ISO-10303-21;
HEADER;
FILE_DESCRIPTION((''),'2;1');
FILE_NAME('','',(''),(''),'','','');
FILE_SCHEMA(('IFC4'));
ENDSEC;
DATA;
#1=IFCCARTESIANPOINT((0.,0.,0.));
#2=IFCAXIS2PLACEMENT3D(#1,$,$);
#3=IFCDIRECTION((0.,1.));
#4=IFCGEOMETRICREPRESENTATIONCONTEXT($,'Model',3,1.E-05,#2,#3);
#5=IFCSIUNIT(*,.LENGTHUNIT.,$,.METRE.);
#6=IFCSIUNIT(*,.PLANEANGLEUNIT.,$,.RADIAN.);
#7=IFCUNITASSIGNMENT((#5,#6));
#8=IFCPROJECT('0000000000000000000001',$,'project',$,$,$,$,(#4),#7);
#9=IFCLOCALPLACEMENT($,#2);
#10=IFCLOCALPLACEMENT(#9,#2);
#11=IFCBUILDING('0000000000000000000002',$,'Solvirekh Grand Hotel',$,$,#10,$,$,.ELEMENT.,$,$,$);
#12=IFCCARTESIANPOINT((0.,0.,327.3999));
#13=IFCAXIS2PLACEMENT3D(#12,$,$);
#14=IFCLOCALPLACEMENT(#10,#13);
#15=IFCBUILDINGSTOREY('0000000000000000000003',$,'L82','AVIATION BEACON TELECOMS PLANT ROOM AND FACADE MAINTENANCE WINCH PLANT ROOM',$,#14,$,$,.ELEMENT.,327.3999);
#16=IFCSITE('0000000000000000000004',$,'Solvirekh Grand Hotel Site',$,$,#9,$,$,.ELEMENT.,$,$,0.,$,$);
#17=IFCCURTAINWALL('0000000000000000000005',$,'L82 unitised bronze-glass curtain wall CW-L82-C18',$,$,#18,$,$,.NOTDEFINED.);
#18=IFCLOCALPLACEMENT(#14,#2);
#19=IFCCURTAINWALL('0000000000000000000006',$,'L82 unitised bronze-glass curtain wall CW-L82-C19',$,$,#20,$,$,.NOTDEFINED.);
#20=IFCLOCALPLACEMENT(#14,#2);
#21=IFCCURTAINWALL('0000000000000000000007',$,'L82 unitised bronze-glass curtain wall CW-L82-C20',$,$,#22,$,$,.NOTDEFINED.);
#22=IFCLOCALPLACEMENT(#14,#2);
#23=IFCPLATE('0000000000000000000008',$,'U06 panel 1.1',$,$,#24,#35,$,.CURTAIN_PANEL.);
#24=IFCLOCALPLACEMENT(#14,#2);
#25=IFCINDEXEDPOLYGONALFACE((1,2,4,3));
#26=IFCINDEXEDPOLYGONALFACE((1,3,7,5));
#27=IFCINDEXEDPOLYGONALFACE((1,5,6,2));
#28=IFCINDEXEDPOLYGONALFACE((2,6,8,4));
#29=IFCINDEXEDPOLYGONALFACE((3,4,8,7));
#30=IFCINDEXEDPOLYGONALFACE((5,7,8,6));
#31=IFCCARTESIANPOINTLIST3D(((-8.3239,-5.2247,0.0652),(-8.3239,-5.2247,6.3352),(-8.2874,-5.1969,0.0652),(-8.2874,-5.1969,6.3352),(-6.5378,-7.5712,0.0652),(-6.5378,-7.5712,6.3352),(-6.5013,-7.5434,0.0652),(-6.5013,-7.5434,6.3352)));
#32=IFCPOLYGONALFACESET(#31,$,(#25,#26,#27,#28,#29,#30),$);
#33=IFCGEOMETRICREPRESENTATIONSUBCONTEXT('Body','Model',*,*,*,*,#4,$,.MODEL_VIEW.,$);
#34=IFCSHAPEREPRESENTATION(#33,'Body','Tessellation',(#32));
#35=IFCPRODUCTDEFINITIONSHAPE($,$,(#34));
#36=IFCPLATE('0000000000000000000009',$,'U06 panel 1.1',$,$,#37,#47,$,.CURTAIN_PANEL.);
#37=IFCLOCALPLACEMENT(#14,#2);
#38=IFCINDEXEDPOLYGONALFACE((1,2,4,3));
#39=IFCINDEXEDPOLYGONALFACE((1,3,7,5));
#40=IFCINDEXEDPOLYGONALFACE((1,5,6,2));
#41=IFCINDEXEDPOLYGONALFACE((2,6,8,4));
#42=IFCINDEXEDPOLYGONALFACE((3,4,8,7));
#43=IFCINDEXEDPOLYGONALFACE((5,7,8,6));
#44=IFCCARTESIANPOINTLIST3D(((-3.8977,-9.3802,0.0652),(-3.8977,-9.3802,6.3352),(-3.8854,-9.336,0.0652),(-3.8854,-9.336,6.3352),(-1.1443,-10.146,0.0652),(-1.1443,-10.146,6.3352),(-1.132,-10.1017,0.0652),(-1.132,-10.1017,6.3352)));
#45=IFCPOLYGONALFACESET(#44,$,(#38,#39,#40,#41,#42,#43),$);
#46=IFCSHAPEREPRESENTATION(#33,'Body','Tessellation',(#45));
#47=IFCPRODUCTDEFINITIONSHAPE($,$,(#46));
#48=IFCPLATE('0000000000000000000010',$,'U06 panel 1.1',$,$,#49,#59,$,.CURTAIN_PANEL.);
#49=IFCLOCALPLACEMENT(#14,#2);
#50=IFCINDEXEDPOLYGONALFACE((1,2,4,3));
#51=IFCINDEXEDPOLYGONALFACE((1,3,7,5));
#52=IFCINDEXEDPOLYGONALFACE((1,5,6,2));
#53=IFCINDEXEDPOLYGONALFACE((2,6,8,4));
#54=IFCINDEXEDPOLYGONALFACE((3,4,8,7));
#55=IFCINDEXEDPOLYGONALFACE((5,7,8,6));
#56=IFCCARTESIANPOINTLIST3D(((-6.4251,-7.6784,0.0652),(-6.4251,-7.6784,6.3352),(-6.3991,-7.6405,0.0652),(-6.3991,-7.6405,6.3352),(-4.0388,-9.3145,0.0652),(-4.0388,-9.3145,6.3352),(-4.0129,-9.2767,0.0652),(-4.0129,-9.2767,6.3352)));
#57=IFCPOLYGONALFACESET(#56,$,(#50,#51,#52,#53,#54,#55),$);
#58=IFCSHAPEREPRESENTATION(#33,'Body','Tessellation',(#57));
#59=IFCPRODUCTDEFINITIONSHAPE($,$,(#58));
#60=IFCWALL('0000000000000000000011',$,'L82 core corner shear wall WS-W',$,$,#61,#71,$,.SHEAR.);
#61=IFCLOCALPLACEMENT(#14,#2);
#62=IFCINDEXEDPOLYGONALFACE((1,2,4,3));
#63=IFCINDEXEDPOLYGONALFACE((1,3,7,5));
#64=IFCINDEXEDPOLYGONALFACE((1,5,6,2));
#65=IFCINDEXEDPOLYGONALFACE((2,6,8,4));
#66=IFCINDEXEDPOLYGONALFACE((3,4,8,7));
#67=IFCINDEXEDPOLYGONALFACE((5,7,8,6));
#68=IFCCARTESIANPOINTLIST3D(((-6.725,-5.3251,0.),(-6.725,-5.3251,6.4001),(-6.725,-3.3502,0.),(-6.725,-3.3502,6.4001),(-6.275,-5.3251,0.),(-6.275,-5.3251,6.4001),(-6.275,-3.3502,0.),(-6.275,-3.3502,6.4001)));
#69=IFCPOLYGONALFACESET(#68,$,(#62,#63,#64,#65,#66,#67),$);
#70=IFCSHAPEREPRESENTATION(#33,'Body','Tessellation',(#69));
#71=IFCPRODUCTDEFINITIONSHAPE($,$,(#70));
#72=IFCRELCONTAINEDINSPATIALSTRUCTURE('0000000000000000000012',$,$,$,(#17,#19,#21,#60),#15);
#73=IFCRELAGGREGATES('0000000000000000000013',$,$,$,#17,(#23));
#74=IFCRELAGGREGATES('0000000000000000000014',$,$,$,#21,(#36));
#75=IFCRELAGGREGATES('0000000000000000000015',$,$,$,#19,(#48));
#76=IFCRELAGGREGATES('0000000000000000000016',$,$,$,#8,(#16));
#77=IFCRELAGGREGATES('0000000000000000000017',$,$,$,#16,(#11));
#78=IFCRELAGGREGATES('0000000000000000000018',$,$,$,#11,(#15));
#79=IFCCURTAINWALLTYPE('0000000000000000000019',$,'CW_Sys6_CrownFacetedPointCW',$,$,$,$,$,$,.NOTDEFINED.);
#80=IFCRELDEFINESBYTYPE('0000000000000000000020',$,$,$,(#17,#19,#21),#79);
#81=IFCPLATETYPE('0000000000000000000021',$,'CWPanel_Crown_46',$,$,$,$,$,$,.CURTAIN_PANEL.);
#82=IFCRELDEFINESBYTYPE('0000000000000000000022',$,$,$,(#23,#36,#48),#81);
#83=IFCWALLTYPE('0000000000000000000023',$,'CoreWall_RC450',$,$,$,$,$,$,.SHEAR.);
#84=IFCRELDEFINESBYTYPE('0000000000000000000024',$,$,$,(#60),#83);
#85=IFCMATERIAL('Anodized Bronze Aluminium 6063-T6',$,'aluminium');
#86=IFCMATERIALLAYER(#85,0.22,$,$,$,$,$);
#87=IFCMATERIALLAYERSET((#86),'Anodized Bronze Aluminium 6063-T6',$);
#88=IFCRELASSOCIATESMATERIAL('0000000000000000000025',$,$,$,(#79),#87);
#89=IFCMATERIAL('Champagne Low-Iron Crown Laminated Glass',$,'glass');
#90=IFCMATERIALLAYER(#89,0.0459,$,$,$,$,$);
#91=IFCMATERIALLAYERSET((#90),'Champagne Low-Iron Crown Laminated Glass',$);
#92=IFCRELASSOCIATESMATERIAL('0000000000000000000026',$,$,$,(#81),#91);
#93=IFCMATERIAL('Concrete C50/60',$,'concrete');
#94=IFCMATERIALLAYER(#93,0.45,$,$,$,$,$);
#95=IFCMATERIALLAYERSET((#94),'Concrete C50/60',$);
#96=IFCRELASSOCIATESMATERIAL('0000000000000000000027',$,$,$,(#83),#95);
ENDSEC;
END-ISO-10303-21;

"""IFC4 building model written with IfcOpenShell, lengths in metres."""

from ifc_helpers import new_model, si_unit, direction, frame, frame_2d, origin, origin_2d, place, context, subcontext, project, spatial, rectangle, extrude, source, transform, mapped, material, layer, layer_set, type_object, element, aggregate, save


model = new_model("IFC4")

# Units and contexts
model_context = context("Model", 3, precision=1e-05, world=origin(), true_north=direction((0.0, 1.0)))
body_context = subcontext(model_context, "Body", "Model", "MODEL_VIEW")
ifc_project = project(units=[si_unit("LENGTHUNIT", "METRE"), si_unit("PLANEANGLEUNIT", "RADIAN")], contexts=[model_context])

# Site, building, storey
site_placement = place(None, origin())
site = spatial("IfcSite", under=ifc_project, at=site_placement, Name="Solvirekh Grand Hotel Site", CompositionType="ELEMENT", RefElevation=0.0)
building_placement = place(site_placement, origin())
building = spatial("IfcBuilding", under=site, at=building_placement, Name="Solvirekh Grand Hotel", CompositionType="ELEMENT")
storey_placement = place(building_placement, frame((0.0, 0.0, 327.3999)))
storey = spatial("IfcBuildingStorey", under=building, at=storey_placement, Name="L82", Description="AVIATION BEACON TELECOMS PLANT ROOM AND FACADE MAINTENANCE WINCH PLANT ROOM", CompositionType="ELEMENT", Elevation=327.3999)

# Shared definitions
ifc_material_1 = material(Name="Concrete C50/60", Category="concrete")

# Shared definitions
ifc_material_2 = material(Name="Anodized Bronze Aluminium 6063-T6", Category="aluminium")
ifc_layer_1 = layer(ifc_material_2, 0.22)
ifc_layer_set_1 = layer_set([ifc_layer_1], Name="Anodized Bronze Aluminium 6063-T6")
curtain_wall_type = type_object("IfcCurtainWallType", Name="CW_Sys6_CrownFacetedPointCW", PredefinedType="NOTDEFINED", material=ifc_layer_set_1)

# Curtain walls
curtain_wall_1_placement = place(storey_placement, origin())
curtain_wall_1 = element("IfcCurtainWall", 1, at=curtain_wall_1_placement, inside=storey, type_object=curtain_wall_type, Name="L82 unitised bronze-glass curtain wall CW-L82-C18", PredefinedType="NOTDEFINED")
curtain_wall_2_placement = place(storey_placement, origin())
curtain_wall_2 = element("IfcCurtainWall", 2, at=curtain_wall_2_placement, inside=storey, type_object=curtain_wall_type, Name="L82 unitised bronze-glass curtain wall CW-L82-C19", PredefinedType="NOTDEFINED")
curtain_wall_3_placement = place(storey_placement, origin())
curtain_wall_3 = element("IfcCurtainWall", 3, at=curtain_wall_3_placement, inside=storey, type_object=curtain_wall_type, Name="L82 unitised bronze-glass curtain wall CW-L82-C20", PredefinedType="NOTDEFINED")

# Plates
ifc_material_3 = material(Name="Champagne Low-Iron Crown Laminated Glass", Category="glass")
ifc_layer_2 = layer(ifc_material_3, 0.0459)
ifc_layer_set_2 = layer_set([ifc_layer_2], Name="Champagne Low-Iron Crown Laminated Glass")
plate_type_1 = type_object("IfcPlateType", Name="CWPanel_Crown_46", PredefinedType="CURTAIN_PANEL", material=ifc_layer_set_2)
shared_shape_1 = source(origin(), body_context, "Body", "SweptSolid", [
    extrude(rectangle(XDim=2.949, YDim=0.0459, at=origin_2d()), origin(), (0.0, 0.0, 1.0), 6.27),
])
plate_1_placement = place(storey_placement, frame((-7.4126, -6.384, 0.0652), z_axis=(0.0, 0.0, 1.0), x_axis=(0.605664, -0.795721, 0.0)))
plate_1 = element("IfcPlate", 4, at=plate_1_placement, type_object=plate_type_1, Name="U06 panel 1.1", PredefinedType="CURTAIN_PANEL", context=body_context, shape_type="MappedRepresentation", body=[
    mapped(shared_shape_1, transform((0.0, 0.0, 0.0), x_axis=(1.0, 0.0, 0.0), y_axis=(0.0, 1.0, 0.0), z_axis=(0.0, 0.0, 1.0), scale=1.0)),
])
aggregate(curtain_wall_1, [plate_1])
shared_shape_2 = source(origin(), body_context, "Body", "SweptSolid", [
    extrude(rectangle(XDim=2.8579, YDim=0.0459, at=origin_2d()), origin(), (0.0, 0.0, 1.0), 6.27),
])
plate_2_placement = place(storey_placement, frame((-2.5149, -9.741, 0.0652), z_axis=(0.0, 0.0, 1.0), x_axis=(0.963432, -0.267952, 0.0)))
plate_2 = element("IfcPlate", 5, at=plate_2_placement, type_object=plate_type_1, Name="U06 panel 1.1", PredefinedType="CURTAIN_PANEL", context=body_context, shape_type="MappedRepresentation", body=[
    mapped(shared_shape_2, transform((0.0, 0.0, 0.0), x_axis=(1.0, 0.0, 0.0), y_axis=(0.0, 1.0, 0.0), z_axis=(0.0, 0.0, 1.0), scale=1.0)),
])
aggregate(curtain_wall_3, [plate_2])
shared_shape_3 = source(origin(), body_context, "Body", "SweptSolid", [
    extrude(rectangle(XDim=2.8933, YDim=0.0459, at=origin_2d()), origin(), (0.0, 0.0, 1.0), 6.27),
])
plate_3_placement = place(storey_placement, frame((-5.219, -8.4775, 0.0652), z_axis=(0.0, 0.0, 1.0), x_axis=(0.824751, -0.565496, 0.0)))
plate_3 = element("IfcPlate", 6, at=plate_3_placement, type_object=plate_type_1, Name="U06 panel 1.1", PredefinedType="CURTAIN_PANEL", context=body_context, shape_type="MappedRepresentation", body=[
    mapped(shared_shape_3, transform((0.0, 0.0, 0.0), x_axis=(1.0, 0.0, 0.0), y_axis=(0.0, 1.0, 0.0), z_axis=(0.0, 0.0, 1.0), scale=1.0)),
])
aggregate(curtain_wall_2, [plate_3])

# Wall
ifc_layer_3 = layer(ifc_material_1, 0.45)
ifc_layer_set_3 = layer_set([ifc_layer_3], Name="Concrete C50/60")
wall_type = type_object("IfcWallType", Name="CoreWall_RC450", PredefinedType="SHEAR", material=ifc_layer_set_3)
wall_placement = place(storey_placement, frame((-6.5, -5.325, 0.0), z_axis=(0.0, 0.0, 1.0), x_axis=(0.0, 1.0, 0.0)))
element("IfcWall", 7, at=wall_placement, inside=storey, type_object=wall_type, Name="L82 core corner shear wall WS-W", PredefinedType="SHEAR", context=body_context, shape_type="SweptSolid", body=[
    extrude(rectangle(XDim=1.9749, YDim=0.45, at=frame_2d((0.9873, 0.0))), origin(), (0.0, 0.0, 1.0), 6.4001),
])

save(model, "model.ifc")
